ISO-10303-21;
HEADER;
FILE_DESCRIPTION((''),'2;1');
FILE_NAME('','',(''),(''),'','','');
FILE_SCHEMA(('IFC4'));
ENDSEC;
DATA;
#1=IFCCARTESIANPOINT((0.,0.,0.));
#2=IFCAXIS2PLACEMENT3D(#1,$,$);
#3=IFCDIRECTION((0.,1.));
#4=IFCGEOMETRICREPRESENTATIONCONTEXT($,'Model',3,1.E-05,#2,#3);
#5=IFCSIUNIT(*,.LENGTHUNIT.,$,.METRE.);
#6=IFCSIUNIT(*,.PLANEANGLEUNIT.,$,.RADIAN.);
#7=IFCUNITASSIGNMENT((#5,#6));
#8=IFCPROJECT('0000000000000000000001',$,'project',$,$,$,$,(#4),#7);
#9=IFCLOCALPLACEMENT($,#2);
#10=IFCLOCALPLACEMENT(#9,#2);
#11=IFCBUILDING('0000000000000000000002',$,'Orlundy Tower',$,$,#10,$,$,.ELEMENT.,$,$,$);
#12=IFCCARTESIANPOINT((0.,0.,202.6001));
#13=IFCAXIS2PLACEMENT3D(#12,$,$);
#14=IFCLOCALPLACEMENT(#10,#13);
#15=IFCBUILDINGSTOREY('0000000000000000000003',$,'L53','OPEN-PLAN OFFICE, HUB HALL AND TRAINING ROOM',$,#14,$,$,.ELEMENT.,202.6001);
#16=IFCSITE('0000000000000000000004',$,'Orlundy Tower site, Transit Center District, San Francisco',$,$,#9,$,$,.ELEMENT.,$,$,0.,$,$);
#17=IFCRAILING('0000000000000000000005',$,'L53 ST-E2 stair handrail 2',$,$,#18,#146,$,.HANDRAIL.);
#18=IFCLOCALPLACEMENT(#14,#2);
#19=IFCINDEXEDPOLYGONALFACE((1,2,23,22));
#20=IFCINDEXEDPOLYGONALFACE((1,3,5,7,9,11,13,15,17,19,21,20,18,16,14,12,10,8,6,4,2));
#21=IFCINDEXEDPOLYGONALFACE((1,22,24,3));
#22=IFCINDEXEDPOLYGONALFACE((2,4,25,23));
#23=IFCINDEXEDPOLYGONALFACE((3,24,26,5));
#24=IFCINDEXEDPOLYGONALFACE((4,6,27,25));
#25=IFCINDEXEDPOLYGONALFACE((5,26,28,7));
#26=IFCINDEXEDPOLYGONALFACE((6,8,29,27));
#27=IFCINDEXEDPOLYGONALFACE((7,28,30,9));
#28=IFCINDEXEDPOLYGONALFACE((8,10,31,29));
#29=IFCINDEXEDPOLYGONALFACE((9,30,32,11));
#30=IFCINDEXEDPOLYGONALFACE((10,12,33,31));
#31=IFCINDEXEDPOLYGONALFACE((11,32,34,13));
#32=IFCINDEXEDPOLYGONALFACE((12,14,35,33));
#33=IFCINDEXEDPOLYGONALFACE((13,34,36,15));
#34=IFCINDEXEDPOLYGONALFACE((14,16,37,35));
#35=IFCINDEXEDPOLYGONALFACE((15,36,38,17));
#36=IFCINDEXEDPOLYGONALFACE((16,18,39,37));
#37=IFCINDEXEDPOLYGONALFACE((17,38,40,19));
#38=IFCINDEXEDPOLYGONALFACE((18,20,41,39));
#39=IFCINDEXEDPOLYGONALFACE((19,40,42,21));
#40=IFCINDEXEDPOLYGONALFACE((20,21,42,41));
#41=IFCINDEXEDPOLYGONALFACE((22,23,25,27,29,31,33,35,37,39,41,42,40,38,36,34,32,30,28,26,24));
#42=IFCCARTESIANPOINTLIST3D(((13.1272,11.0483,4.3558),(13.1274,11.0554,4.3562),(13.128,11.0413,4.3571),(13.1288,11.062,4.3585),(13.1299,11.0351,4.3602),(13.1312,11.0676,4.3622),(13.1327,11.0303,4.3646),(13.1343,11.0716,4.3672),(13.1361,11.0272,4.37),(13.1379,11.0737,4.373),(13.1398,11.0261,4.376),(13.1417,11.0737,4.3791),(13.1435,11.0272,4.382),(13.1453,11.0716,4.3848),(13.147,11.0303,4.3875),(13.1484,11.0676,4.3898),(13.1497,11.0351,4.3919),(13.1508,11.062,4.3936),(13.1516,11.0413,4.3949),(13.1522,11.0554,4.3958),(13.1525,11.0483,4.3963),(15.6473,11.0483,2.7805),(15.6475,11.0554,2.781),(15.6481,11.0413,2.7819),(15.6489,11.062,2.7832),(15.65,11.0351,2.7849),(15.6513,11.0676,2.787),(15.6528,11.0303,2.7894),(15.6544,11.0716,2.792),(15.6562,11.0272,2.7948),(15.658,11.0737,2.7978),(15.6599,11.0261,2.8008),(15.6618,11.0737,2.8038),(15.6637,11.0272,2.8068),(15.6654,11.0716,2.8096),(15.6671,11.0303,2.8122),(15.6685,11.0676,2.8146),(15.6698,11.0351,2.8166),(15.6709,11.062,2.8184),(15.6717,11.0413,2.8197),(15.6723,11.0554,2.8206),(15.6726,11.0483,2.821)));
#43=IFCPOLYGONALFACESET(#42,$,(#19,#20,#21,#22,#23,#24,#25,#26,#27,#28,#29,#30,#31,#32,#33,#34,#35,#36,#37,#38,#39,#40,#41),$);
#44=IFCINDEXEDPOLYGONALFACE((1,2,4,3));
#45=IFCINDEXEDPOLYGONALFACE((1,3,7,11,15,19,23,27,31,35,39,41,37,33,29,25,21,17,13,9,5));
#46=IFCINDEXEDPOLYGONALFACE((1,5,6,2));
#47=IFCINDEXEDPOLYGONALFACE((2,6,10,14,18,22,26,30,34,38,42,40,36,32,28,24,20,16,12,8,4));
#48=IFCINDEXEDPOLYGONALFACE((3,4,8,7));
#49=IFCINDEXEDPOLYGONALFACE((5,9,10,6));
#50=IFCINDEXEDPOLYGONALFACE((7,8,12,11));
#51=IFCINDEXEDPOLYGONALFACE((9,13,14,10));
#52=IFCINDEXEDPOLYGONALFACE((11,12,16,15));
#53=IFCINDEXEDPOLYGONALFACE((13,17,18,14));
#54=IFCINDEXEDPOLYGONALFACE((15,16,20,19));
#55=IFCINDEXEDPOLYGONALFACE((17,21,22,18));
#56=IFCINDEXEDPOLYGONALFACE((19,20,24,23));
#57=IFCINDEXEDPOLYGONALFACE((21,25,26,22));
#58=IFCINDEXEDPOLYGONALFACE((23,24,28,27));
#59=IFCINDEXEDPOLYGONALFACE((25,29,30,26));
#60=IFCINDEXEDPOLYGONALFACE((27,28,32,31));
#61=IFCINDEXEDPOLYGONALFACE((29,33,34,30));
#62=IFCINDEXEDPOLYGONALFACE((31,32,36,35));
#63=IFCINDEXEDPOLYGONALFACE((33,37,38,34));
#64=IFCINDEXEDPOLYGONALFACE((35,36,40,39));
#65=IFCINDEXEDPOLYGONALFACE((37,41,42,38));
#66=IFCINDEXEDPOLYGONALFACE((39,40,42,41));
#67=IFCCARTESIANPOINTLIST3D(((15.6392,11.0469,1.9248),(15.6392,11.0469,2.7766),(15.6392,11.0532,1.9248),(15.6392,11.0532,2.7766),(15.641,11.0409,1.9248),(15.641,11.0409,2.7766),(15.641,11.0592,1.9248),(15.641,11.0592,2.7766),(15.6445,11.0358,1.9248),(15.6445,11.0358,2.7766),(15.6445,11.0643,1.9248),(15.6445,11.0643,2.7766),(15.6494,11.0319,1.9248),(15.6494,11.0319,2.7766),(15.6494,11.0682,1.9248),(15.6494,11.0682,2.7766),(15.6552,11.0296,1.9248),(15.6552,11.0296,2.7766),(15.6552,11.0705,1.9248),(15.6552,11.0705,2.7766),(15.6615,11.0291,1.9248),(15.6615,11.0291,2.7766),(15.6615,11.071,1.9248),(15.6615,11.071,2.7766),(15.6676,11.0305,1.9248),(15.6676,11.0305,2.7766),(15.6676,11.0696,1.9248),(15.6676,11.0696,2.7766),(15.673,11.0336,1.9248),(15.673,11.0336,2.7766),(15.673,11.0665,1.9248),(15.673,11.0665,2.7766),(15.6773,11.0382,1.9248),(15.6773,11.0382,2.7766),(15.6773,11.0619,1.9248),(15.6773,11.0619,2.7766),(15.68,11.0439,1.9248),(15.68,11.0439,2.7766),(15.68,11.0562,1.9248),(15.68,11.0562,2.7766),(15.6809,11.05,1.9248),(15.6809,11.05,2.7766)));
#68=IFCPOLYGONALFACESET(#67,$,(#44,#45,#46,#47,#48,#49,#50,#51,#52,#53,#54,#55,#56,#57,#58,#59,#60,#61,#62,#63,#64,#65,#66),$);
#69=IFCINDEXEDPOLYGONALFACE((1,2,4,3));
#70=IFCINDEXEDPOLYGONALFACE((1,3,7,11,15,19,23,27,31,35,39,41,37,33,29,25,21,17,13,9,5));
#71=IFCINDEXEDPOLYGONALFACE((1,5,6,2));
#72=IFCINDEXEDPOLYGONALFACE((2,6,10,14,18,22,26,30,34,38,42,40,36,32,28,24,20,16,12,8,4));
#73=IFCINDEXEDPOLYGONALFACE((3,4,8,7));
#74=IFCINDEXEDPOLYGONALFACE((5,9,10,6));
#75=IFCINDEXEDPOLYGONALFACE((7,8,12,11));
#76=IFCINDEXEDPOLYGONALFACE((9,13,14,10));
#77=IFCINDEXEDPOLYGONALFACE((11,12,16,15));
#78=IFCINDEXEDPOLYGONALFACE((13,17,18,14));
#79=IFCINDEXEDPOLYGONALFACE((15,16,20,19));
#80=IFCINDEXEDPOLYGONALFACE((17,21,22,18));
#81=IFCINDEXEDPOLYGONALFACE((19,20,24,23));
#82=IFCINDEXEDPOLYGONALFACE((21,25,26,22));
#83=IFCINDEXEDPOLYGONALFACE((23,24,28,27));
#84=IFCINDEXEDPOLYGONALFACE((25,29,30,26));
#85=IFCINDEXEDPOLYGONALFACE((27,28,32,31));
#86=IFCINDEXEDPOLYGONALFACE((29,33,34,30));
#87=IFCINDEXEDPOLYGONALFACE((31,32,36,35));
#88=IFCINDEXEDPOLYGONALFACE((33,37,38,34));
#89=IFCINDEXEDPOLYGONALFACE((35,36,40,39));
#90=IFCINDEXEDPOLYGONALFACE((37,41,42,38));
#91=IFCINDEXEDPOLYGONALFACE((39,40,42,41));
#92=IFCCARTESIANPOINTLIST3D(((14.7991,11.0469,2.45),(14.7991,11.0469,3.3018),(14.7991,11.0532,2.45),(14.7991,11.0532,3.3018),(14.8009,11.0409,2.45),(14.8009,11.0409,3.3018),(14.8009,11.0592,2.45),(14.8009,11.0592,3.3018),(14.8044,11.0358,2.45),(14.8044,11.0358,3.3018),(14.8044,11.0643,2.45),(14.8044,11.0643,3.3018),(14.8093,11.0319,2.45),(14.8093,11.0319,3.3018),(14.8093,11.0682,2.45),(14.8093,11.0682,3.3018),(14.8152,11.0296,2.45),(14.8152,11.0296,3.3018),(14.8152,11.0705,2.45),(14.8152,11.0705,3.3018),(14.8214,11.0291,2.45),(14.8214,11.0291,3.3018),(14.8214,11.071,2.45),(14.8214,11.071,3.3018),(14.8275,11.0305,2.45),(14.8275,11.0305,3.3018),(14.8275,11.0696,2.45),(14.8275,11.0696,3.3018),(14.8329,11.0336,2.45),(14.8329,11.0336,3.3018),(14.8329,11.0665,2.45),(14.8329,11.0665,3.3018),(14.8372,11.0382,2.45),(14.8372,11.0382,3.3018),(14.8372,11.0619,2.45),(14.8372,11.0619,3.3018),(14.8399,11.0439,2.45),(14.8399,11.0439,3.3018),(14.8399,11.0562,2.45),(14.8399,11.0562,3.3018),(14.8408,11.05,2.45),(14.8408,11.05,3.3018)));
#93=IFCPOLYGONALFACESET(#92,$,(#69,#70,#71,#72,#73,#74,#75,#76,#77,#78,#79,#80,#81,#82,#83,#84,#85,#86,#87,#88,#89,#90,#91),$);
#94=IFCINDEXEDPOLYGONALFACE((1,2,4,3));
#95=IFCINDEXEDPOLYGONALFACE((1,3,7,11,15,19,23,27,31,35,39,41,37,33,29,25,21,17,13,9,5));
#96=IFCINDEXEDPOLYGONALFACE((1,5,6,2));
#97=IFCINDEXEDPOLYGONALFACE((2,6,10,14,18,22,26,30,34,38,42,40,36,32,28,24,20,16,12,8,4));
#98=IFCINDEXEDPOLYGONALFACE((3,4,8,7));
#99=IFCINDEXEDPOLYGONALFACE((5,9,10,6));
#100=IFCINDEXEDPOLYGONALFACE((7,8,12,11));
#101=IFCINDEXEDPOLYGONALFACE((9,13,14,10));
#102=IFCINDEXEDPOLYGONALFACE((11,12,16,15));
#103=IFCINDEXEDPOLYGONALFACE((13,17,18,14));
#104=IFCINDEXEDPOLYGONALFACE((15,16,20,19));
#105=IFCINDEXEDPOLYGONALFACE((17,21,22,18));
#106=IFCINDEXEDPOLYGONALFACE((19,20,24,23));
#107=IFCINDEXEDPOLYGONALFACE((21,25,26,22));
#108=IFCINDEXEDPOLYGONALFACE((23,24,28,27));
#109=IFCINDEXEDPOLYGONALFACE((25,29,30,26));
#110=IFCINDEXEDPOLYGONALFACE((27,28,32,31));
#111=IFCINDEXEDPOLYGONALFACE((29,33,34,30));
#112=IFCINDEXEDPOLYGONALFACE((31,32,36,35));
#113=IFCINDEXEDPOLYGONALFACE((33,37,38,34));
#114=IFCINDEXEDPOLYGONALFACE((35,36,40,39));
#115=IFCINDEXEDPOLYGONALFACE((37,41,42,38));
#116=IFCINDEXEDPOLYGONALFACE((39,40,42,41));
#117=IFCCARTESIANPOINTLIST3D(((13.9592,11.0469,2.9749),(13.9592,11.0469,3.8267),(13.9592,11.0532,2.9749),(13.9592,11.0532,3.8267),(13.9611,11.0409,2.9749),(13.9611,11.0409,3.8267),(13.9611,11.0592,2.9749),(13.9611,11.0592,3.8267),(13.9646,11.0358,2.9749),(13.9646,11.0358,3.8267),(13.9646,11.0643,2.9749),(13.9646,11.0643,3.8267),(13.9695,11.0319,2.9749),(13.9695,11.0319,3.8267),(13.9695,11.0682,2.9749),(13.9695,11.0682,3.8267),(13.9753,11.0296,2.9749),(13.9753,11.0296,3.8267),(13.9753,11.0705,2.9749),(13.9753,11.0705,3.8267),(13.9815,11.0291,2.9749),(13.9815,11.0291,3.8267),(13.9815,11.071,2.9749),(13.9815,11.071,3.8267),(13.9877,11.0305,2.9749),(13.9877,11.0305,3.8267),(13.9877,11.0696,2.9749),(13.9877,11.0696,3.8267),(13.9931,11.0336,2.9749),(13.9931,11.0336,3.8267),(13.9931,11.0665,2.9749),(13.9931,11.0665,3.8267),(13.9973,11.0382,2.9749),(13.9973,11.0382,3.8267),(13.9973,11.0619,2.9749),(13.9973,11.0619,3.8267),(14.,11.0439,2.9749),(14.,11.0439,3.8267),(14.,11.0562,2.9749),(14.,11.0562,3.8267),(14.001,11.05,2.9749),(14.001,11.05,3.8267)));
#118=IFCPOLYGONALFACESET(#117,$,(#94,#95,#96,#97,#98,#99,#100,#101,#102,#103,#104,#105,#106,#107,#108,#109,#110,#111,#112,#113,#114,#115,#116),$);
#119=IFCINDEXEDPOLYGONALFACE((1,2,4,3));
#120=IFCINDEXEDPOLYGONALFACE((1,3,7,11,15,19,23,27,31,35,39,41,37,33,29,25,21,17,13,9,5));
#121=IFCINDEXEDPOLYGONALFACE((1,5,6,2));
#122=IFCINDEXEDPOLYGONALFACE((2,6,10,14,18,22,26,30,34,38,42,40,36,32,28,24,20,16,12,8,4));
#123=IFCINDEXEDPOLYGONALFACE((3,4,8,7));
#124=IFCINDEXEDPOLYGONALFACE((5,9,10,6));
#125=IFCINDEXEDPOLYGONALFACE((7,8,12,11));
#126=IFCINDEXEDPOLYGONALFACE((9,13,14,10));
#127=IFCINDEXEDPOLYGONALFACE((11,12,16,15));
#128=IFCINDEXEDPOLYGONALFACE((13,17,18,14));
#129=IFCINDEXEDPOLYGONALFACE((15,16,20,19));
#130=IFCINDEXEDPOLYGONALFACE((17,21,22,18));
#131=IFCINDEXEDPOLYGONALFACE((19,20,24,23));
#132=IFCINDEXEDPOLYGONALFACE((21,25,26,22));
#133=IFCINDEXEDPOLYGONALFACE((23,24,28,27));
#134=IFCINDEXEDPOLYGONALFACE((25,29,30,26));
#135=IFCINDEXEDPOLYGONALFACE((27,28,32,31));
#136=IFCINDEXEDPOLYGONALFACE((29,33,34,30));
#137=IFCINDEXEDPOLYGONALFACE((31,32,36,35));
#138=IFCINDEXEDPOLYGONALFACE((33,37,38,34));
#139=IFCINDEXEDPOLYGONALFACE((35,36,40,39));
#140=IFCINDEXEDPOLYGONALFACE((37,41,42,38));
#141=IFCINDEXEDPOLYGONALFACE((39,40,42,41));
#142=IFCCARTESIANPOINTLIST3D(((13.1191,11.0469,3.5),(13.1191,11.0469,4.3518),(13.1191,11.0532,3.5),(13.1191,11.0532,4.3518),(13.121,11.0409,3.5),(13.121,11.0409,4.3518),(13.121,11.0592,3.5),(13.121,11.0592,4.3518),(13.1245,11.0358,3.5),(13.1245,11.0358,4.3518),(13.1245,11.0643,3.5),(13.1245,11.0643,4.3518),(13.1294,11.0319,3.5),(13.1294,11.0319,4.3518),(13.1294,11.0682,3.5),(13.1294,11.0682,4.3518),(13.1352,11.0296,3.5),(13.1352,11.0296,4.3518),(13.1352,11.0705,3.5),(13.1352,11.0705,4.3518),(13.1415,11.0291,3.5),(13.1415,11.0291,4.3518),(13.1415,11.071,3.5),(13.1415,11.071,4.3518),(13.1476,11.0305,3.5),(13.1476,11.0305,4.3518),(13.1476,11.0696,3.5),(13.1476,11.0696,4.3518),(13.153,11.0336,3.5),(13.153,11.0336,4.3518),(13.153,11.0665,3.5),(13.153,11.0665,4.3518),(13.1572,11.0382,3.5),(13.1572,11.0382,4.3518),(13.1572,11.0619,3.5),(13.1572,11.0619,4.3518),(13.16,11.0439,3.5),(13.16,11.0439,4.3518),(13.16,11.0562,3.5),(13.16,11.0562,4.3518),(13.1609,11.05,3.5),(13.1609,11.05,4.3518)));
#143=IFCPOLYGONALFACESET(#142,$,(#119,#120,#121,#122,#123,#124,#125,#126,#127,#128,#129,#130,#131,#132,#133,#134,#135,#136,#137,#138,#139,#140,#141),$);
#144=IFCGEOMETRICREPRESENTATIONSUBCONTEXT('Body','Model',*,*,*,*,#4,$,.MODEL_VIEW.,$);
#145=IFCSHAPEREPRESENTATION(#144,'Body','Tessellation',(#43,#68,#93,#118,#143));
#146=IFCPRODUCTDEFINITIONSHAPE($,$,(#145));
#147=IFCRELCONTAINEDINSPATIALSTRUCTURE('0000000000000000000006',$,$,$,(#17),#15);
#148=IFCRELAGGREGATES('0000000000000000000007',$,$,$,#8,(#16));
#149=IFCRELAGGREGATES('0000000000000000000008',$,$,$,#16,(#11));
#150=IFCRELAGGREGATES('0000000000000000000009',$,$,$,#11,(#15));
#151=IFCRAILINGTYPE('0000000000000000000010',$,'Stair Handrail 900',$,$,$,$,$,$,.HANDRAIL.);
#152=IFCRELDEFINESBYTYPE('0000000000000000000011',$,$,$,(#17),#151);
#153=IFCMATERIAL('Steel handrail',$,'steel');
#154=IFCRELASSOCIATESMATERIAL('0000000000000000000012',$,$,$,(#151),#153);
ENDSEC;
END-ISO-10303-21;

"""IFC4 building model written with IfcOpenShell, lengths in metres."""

from ifc_helpers import new_model, si_unit, direction, frame, origin, origin_2d, place, context, subcontext, project, spatial, circle, extrude, material, type_object, element, save


model = new_model("IFC4")

# Units and contexts
model_context = context("Model", 3, precision=1e-05, world=origin(), true_north=direction((0.0, 1.0)))
body_context = subcontext(model_context, "Body", "Model", "MODEL_VIEW")
ifc_project = project(units=[si_unit("LENGTHUNIT", "METRE"), si_unit("PLANEANGLEUNIT", "RADIAN")], contexts=[model_context])

# Site, building, storey
site_placement = place(None, origin())
site = spatial("IfcSite", under=ifc_project, at=site_placement, Name="Orlundy Tower site, Transit Center District, San Francisco", CompositionType="ELEMENT", RefElevation=0.0)
building_placement = place(site_placement, origin())
building = spatial("IfcBuilding", under=site, at=building_placement, Name="Orlundy Tower", CompositionType="ELEMENT")
storey_placement = place(building_placement, frame((0.0, 0.0, 202.6001)))
storey = spatial("IfcBuildingStorey", under=building, at=storey_placement, Name="L53", Description="OPEN-PLAN OFFICE, HUB HALL AND TRAINING ROOM", CompositionType="ELEMENT", Elevation=202.6001)

# Railing
ifc_material_1 = material(Name="Steel handrail", Category="steel")
railing_type_1 = type_object("IfcRailingType", Name="Stair Handrail 900", PredefinedType="HANDRAIL", material=ifc_material_1)
railing_1_placement = place(storey_placement, frame((15.6599, 11.05, 1.9248)))
element("IfcRailing", 1, at=railing_1_placement, inside=storey, type_object=railing_type_1, Name="L53 ST-E2 stair handrail 2", PredefinedType="HANDRAIL", context=body_context, shape_type="SweptSolid", body=[
    extrude(circle(Radius=0.0239, at=origin_2d()), frame((0.0, 0.0, 0.876), z_axis=(-0.847971, 0.0, 0.530043), x_axis=(0.0, -1.0, 0.0)), (0.0, 0.0, 1.0), 2.9719),
    extrude(circle(Radius=0.021, at=origin_2d()), origin(), (0.0, 0.0, 1.0), 0.8518),
    extrude(circle(Radius=0.021, at=origin_2d()), frame((-0.8401, 0.0, 0.5251)), (0.0, 0.0, 1.0), 0.8518),
    extrude(circle(Radius=0.021, at=origin_2d()), frame((-1.6799, 0.0, 1.05)), (0.0, 0.0, 1.0), 0.8518),
    extrude(circle(Radius=0.021, at=origin_2d()), frame((-2.52, 0.0, 1.5752)), (0.0, 0.0, 1.0), 0.8518),
])

save(model, "model.ifc")
